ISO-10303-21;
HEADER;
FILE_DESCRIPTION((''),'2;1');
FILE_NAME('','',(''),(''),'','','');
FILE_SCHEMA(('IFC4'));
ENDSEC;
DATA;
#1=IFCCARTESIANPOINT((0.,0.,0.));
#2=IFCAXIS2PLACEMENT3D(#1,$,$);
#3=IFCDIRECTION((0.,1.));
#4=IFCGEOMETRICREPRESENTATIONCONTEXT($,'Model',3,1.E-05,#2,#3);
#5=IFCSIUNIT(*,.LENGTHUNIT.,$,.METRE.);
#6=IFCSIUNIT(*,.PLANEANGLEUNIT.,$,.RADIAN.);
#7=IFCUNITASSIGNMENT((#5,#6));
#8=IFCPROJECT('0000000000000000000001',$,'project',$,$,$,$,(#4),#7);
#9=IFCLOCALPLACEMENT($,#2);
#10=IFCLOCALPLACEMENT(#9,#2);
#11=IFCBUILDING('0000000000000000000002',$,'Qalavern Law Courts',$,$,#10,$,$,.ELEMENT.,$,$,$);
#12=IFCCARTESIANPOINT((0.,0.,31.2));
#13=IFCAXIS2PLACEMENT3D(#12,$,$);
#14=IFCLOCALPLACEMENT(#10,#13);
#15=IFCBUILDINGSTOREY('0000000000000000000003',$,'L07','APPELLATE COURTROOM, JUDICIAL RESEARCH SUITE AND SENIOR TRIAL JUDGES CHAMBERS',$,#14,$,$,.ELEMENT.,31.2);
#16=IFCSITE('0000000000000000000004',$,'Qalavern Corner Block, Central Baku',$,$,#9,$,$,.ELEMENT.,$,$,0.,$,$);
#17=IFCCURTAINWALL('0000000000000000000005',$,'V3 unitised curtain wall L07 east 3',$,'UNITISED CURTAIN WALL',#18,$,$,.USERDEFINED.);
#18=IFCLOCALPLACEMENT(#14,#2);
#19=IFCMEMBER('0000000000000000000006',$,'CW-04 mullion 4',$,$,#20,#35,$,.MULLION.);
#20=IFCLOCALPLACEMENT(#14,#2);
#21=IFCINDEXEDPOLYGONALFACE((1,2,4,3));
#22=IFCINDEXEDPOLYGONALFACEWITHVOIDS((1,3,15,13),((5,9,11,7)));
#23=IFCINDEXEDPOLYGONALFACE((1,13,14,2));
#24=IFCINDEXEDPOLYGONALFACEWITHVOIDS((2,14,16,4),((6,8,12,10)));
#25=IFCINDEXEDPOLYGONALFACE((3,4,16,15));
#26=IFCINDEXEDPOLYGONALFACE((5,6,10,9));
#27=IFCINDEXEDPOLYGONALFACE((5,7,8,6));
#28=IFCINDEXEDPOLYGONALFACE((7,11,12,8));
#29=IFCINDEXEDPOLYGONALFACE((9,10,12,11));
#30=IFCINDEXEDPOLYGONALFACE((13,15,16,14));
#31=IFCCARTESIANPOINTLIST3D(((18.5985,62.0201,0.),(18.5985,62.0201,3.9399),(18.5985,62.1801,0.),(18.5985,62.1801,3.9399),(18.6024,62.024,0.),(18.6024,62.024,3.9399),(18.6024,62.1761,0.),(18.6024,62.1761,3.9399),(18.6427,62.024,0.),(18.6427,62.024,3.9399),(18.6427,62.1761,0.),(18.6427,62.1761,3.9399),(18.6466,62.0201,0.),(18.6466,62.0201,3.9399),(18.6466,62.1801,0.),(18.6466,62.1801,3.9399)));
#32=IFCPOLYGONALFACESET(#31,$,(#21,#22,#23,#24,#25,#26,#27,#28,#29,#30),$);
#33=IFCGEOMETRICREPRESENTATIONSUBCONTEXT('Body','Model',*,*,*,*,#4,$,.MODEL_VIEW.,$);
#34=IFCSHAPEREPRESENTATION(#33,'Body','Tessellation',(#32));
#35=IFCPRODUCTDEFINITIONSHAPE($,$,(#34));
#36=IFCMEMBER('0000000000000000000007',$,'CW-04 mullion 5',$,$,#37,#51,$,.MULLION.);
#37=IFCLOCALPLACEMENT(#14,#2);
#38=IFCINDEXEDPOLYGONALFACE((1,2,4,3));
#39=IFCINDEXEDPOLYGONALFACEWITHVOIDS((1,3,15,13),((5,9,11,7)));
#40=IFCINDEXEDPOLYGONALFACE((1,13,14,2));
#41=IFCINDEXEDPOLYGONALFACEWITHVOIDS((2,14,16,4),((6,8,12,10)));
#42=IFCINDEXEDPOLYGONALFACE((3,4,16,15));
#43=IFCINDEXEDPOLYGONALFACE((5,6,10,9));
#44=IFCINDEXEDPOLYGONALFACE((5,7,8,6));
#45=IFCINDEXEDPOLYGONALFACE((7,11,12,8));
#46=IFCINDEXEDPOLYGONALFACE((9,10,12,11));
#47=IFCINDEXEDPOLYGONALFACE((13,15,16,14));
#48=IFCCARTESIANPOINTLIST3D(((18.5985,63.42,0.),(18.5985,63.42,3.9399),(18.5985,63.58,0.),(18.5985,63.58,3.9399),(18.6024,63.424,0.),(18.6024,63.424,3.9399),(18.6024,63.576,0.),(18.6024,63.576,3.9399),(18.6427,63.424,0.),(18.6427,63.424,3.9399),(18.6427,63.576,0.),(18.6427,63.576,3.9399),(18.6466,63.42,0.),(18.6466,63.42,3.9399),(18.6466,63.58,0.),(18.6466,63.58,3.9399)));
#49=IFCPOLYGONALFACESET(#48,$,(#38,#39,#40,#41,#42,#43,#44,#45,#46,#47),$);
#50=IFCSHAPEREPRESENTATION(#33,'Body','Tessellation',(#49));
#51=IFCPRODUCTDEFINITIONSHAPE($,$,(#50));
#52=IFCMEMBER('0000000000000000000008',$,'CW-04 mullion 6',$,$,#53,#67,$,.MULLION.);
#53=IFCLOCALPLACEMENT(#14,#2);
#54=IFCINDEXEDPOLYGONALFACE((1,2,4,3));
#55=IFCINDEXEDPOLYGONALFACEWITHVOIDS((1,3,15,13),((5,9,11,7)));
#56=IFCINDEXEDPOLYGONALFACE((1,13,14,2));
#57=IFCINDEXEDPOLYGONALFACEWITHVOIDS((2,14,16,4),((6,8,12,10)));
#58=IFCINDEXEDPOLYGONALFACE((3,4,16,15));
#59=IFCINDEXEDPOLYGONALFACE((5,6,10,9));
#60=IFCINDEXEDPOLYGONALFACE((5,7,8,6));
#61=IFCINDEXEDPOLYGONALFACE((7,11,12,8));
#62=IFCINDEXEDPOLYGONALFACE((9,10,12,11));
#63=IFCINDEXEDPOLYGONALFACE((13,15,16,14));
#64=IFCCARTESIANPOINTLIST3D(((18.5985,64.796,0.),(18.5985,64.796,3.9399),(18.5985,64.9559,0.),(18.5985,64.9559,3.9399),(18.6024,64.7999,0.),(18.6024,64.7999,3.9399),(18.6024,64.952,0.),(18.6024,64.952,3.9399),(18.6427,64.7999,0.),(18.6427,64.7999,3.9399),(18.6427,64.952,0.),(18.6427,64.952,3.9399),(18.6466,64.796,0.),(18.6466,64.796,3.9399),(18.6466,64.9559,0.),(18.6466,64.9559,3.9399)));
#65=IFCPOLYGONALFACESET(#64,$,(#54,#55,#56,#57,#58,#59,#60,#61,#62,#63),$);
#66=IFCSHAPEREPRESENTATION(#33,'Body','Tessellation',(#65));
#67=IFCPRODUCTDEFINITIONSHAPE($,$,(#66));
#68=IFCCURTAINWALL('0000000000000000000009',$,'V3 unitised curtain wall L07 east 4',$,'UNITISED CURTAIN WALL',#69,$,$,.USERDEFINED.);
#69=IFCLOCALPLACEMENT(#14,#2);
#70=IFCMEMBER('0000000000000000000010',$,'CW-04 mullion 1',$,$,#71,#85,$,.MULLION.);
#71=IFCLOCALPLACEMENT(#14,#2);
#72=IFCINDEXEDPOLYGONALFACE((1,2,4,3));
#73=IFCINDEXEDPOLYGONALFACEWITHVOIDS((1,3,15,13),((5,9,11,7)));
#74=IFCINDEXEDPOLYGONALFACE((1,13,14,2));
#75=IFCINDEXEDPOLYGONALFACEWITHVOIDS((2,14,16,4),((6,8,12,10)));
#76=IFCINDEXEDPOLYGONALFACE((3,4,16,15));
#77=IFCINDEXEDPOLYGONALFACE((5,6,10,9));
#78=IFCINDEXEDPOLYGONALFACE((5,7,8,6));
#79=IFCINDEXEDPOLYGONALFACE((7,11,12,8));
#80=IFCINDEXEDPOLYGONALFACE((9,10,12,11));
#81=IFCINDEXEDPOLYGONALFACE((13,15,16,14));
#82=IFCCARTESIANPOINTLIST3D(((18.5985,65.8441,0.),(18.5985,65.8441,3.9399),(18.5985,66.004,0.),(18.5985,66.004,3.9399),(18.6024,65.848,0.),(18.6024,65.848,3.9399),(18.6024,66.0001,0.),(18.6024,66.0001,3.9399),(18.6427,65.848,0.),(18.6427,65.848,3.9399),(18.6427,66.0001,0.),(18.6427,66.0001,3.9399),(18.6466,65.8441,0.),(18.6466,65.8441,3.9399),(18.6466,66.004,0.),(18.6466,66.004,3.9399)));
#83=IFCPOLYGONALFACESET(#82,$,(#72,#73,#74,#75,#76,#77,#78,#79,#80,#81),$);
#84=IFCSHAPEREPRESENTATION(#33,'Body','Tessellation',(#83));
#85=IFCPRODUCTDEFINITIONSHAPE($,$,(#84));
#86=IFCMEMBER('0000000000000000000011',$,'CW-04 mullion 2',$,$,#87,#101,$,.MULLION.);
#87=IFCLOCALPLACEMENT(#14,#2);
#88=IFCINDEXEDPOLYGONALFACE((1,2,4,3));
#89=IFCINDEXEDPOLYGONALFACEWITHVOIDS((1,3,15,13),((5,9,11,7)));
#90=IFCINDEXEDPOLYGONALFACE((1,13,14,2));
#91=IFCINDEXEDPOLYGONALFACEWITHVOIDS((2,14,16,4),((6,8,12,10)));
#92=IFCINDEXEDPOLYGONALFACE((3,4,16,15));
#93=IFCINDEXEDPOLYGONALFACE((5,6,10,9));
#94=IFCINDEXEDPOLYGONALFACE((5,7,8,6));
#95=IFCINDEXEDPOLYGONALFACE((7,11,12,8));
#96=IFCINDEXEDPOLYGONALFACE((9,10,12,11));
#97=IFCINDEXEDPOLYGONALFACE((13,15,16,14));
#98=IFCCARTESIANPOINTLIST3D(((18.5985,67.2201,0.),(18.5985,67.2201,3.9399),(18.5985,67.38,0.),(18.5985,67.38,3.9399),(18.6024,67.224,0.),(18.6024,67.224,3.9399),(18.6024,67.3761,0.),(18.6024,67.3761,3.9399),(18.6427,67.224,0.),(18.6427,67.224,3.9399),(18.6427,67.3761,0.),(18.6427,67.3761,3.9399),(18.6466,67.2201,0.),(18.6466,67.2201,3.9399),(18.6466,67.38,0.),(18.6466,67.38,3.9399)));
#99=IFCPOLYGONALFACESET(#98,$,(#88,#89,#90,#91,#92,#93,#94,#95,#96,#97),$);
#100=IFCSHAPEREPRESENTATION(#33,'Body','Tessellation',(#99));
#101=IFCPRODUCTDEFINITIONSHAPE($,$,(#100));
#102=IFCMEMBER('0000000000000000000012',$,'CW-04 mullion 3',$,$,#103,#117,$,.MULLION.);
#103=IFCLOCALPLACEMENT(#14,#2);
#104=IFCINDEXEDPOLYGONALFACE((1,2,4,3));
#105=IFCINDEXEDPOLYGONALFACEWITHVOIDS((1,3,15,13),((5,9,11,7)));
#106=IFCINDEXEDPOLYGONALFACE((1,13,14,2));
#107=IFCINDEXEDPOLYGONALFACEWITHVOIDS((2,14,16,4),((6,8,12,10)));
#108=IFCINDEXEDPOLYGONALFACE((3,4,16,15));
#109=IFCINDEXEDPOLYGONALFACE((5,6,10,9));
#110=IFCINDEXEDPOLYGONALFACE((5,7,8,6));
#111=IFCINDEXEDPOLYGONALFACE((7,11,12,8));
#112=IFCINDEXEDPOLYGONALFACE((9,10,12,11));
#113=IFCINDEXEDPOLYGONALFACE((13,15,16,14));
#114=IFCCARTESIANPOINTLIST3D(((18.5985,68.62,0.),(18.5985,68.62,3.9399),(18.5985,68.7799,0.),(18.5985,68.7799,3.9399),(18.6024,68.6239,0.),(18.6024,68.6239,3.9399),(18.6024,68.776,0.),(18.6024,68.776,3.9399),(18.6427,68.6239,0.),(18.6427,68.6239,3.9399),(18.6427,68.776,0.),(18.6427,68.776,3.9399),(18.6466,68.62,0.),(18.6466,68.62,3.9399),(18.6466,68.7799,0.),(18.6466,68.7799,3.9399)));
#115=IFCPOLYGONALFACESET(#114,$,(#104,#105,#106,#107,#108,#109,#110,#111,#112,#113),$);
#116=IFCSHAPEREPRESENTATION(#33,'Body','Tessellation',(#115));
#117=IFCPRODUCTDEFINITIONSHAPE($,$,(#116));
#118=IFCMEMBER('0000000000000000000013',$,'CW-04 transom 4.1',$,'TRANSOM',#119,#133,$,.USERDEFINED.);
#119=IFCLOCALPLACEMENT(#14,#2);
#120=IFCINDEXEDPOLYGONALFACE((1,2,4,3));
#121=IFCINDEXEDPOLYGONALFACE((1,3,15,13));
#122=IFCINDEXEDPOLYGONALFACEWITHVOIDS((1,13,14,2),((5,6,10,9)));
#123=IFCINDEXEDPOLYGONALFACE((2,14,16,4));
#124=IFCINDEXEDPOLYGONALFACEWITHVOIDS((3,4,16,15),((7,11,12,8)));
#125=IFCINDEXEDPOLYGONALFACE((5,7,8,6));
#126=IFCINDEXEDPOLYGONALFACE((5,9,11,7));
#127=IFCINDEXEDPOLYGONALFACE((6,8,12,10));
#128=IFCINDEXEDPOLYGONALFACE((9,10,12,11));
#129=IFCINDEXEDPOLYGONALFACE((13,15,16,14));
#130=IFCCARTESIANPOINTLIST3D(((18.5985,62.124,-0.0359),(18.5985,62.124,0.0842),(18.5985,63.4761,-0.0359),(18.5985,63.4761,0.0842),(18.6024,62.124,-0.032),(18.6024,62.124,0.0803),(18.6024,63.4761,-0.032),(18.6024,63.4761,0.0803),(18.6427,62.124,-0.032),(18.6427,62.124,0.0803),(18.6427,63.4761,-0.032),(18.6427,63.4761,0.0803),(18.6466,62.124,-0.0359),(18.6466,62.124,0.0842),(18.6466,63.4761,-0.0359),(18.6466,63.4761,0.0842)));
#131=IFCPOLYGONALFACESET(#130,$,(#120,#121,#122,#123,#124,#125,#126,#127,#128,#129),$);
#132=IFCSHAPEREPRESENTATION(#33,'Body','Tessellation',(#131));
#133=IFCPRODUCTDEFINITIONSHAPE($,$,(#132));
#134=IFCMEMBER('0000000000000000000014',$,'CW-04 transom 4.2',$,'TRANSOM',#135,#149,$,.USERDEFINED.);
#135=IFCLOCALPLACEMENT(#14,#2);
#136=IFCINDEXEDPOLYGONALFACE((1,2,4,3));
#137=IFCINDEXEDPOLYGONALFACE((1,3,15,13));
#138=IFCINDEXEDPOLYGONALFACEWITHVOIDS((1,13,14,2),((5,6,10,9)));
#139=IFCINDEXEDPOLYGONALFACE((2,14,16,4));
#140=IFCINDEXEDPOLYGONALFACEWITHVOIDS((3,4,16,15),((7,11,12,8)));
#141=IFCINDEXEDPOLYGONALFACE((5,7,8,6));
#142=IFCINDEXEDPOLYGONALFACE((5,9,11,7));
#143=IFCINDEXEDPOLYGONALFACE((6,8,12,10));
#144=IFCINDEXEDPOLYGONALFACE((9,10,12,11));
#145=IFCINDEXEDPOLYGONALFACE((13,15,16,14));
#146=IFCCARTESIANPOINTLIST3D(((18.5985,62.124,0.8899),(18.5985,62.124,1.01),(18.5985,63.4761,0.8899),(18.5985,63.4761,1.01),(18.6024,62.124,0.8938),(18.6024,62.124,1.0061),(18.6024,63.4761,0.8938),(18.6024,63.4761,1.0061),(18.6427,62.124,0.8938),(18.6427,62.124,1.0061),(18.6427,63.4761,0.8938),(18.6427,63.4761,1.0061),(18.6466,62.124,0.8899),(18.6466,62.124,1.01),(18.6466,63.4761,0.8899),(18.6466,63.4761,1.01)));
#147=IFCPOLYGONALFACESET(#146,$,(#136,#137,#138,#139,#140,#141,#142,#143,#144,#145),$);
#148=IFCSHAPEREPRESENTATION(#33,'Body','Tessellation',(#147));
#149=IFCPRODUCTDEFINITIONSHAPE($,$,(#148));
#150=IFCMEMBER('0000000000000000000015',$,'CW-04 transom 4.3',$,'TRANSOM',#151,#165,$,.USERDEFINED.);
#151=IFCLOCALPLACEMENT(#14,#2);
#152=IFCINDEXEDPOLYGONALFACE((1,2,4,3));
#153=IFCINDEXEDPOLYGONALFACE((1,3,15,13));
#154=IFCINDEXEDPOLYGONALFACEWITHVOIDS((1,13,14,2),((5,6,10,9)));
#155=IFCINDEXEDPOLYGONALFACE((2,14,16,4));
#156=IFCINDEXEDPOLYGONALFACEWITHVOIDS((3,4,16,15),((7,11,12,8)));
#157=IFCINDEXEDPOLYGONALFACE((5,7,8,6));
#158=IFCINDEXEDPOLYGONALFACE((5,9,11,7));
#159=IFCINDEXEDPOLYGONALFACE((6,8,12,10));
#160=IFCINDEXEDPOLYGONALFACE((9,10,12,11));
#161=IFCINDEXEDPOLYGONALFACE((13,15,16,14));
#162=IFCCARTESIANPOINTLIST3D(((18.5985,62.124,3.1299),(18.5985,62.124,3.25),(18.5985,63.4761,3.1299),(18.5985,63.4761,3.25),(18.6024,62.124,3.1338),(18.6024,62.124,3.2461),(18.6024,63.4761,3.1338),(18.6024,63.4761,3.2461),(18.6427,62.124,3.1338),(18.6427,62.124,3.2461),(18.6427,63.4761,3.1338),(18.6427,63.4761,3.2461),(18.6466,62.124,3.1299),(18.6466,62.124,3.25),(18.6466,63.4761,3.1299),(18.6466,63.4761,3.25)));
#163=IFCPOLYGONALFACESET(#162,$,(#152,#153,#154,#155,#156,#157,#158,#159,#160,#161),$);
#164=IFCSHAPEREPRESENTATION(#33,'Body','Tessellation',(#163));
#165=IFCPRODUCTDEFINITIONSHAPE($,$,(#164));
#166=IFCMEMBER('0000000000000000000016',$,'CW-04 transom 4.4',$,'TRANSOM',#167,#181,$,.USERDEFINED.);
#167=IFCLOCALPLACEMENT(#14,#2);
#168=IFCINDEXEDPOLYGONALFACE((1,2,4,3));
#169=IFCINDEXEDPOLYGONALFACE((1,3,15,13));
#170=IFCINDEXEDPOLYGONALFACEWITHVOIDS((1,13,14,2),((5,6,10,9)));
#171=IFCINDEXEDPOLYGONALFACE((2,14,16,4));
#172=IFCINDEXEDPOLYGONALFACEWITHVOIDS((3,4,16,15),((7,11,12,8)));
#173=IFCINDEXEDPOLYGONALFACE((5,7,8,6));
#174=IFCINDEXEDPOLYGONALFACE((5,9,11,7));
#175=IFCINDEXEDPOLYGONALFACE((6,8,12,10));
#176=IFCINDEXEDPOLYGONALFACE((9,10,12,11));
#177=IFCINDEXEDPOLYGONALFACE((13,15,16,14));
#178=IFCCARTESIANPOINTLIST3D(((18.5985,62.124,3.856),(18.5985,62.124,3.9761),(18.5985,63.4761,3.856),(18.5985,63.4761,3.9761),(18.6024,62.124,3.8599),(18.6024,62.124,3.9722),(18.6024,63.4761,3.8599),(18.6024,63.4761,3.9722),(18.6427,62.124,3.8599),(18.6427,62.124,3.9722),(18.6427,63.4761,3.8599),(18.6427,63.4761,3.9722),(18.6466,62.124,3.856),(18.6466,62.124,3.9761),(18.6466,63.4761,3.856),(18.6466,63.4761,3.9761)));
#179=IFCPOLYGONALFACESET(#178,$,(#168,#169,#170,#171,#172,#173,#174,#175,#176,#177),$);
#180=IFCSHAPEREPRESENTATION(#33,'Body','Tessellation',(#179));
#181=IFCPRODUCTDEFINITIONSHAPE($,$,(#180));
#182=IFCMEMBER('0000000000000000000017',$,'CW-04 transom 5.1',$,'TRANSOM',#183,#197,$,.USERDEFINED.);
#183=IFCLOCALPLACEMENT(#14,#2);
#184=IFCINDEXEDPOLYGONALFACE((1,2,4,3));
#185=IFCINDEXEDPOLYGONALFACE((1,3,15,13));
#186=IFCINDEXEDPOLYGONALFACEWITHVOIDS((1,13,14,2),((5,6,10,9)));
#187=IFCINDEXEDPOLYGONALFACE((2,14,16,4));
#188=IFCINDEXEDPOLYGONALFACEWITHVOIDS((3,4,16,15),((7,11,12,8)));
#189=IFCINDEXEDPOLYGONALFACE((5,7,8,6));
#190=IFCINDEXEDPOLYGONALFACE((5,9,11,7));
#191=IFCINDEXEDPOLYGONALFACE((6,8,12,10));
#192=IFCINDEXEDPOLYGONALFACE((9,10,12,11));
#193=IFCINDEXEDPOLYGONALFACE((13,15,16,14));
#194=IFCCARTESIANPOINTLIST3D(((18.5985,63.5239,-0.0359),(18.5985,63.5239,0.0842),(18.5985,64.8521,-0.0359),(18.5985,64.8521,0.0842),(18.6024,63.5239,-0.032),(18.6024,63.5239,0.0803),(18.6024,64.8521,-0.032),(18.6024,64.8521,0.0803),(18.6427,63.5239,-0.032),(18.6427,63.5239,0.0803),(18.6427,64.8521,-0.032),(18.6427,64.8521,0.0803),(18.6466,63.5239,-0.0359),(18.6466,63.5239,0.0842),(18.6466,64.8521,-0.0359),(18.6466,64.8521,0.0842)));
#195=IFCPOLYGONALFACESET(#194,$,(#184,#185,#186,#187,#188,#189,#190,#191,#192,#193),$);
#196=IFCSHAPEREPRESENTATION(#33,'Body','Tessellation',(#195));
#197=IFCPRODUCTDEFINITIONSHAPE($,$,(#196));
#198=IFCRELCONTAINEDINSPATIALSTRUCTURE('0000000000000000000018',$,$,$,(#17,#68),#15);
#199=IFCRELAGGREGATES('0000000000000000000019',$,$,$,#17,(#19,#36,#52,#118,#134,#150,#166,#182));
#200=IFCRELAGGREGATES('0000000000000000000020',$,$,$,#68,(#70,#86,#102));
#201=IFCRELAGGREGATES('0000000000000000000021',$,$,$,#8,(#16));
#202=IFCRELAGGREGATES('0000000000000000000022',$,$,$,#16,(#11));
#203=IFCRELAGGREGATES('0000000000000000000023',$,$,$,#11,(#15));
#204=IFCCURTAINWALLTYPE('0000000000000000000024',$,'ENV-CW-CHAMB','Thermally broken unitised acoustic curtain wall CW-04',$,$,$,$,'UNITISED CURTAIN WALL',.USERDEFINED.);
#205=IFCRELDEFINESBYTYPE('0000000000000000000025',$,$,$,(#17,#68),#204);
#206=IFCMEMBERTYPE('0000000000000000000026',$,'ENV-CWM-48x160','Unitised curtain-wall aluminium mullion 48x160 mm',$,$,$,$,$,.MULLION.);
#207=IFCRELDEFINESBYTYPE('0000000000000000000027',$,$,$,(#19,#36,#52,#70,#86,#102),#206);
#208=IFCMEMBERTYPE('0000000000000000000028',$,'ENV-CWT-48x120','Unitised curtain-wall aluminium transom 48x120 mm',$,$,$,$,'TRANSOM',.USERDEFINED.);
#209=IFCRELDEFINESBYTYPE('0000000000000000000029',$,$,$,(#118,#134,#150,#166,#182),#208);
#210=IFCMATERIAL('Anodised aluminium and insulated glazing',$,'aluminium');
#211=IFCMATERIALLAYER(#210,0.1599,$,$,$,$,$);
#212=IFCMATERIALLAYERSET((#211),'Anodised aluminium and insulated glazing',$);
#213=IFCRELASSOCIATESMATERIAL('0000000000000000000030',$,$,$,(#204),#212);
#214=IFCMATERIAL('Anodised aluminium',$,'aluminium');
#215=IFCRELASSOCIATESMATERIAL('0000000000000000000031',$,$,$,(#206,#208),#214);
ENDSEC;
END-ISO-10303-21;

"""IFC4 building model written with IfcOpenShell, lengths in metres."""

from ifc_helpers import new_model, si_unit, direction, frame, origin, origin_2d, place, context, subcontext, project, spatial, hollow_rectangle, extrude, material, layer, layer_set, material_profile, profile_set, type_object, element, aggregate, save


model = new_model("IFC4")

# Units and contexts
model_context = context("Model", 3, precision=1e-05, world=origin(), true_north=direction((0.0, 1.0)))
body_context = subcontext(model_context, "Body", "Model", "MODEL_VIEW")
ifc_project = project(units=[si_unit("LENGTHUNIT", "METRE"), si_unit("PLANEANGLEUNIT", "RADIAN")], contexts=[model_context])

# Site, building, storey
site_placement = place(None, origin())
site = spatial("IfcSite", under=ifc_project, at=site_placement, Name="Qalavern Corner Block, Central Baku", CompositionType="ELEMENT", RefElevation=0.0)
building_placement = place(site_placement, origin())
building = spatial("IfcBuilding", under=site, at=building_placement, Name="Qalavern Law Courts", CompositionType="ELEMENT")
storey_placement = place(building_placement, frame((0.0, 0.0, 31.2)))
storey = spatial("IfcBuildingStorey", under=building, at=storey_placement, Name="L07", Description="APPELLATE COURTROOM, JUDICIAL RESEARCH SUITE AND SENIOR TRIAL JUDGES CHAMBERS", CompositionType="ELEMENT", Elevation=31.2)

# Curtain walls, members
ifc_material_1 = material(Name="Anodised aluminium and insulated glazing", Category="aluminium")
ifc_layer_1 = layer(ifc_material_1, 0.1599)
ifc_layer_set_1 = layer_set([ifc_layer_1], Name="Anodised aluminium and insulated glazing")
curtain_wall_type = type_object("IfcCurtainWallType", Name="ENV-CW-CHAMB", Description="Thermally broken unitised acoustic curtain wall CW-04", ElementType="UNITISED CURTAIN WALL", PredefinedType="USERDEFINED", material=ifc_layer_set_1)
curtain_wall_1_placement = place(storey_placement, origin())
curtain_wall_1 = element("IfcCurtainWall", 1, at=curtain_wall_1_placement, inside=storey, type_object=curtain_wall_type, Name="V3 unitised curtain wall L07 east 3", ObjectType="UNITISED CURTAIN WALL", PredefinedType="USERDEFINED")
ifc_material_2 = material(Name="Anodised aluminium", Category="aluminium")
ifc_material_profile_1 = material_profile(ifc_material_2, hollow_rectangle(XDim=0.0481, YDim=0.1599, WallThickness=0.0039, at=origin_2d()), Name="ALU MULLION 48x160")
ifc_profile_set_1 = profile_set([ifc_material_profile_1], Name="Anodised aluminium")
member_type_1 = type_object("IfcMemberType", Name="ENV-CWM-48x160", Description="Unitised curtain-wall aluminium mullion 48x160 mm", PredefinedType="MULLION", material=ifc_profile_set_1)
member_1_placement = place(storey_placement, frame((18.6226, 62.1001, 0.0), z_axis=(0.0, 0.0, 1.0), x_axis=(-1.0, 0.0, 0.0)))
member_1 = element("IfcMember", 2, at=member_1_placement, type_object=member_type_1, Name="CW-04 mullion 4", PredefinedType="MULLION", context=body_context, shape_type="SweptSolid", body=[
    extrude(hollow_rectangle(XDim=0.0481, YDim=0.1599, WallThickness=0.0039, at=origin_2d()), origin(), (0.0, 0.0, 1.0), 3.9399),
])
member_2_placement = place(storey_placement, frame((18.6226, 63.5, 0.0), z_axis=(0.0, 0.0, 1.0), x_axis=(-1.0, 0.0, 0.0)))
member_2 = element("IfcMember", 3, at=member_2_placement, type_object=member_type_1, Name="CW-04 mullion 5", PredefinedType="MULLION", context=body_context, shape_type="SweptSolid", body=[
    extrude(hollow_rectangle(XDim=0.0481, YDim=0.1599, WallThickness=0.0039, at=origin_2d()), origin(), (0.0, 0.0, 1.0), 3.9399),
])
member_3_placement = place(storey_placement, frame((18.6226, 64.876, 0.0), z_axis=(0.0, 0.0, 1.0), x_axis=(-1.0, 0.0, 0.0)))
member_3 = element("IfcMember", 4, at=member_3_placement, type_object=member_type_1, Name="CW-04 mullion 6", PredefinedType="MULLION", context=body_context, shape_type="SweptSolid", body=[
    extrude(hollow_rectangle(XDim=0.0481, YDim=0.1599, WallThickness=0.0039, at=origin_2d()), origin(), (0.0, 0.0, 1.0), 3.9399),
])
curtain_wall_2_placement = place(storey_placement, origin())
curtain_wall_2 = element("IfcCurtainWall", 5, at=curtain_wall_2_placement, inside=storey, type_object=curtain_wall_type, Name="V3 unitised curtain wall L07 east 4", ObjectType="UNITISED CURTAIN WALL", PredefinedType="USERDEFINED")
member_4_placement = place(storey_placement, frame((18.6226, 65.9241, 0.0), z_axis=(0.0, 0.0, 1.0), x_axis=(-1.0, 0.0, 0.0)))
member_4 = element("IfcMember", 6, at=member_4_placement, type_object=member_type_1, Name="CW-04 mullion 1", PredefinedType="MULLION", context=body_context, shape_type="SweptSolid", body=[
    extrude(hollow_rectangle(XDim=0.0481, YDim=0.1599, WallThickness=0.0039, at=origin_2d()), origin(), (0.0, 0.0, 1.0), 3.9399),
])
member_5_placement = place(storey_placement, frame((18.6226, 67.3, 0.0), z_axis=(0.0, 0.0, 1.0), x_axis=(-1.0, 0.0, 0.0)))
member_5 = element("IfcMember", 7, at=member_5_placement, type_object=member_type_1, Name="CW-04 mullion 2", PredefinedType="MULLION", context=body_context, shape_type="SweptSolid", body=[
    extrude(hollow_rectangle(XDim=0.0481, YDim=0.1599, WallThickness=0.0039, at=origin_2d()), origin(), (0.0, 0.0, 1.0), 3.9399),
])
member_6_placement = place(storey_placement, frame((18.6226, 68.7, 0.0), z_axis=(0.0, 0.0, 1.0), x_axis=(-1.0, 0.0, 0.0)))
member_6 = element("IfcMember", 8, at=member_6_placement, type_object=member_type_1, Name="CW-04 mullion 3", PredefinedType="MULLION", context=body_context, shape_type="SweptSolid", body=[
    extrude(hollow_rectangle(XDim=0.0481, YDim=0.1599, WallThickness=0.0039, at=origin_2d()), origin(), (0.0, 0.0, 1.0), 3.9399),
])

# Members
ifc_material_profile_2 = material_profile(ifc_material_2, hollow_rectangle(XDim=0.0481, YDim=0.1201, WallThickness=0.0039, at=origin_2d()), Name="ALU TRANSOM 48x120")
ifc_profile_set_2 = profile_set([ifc_material_profile_2], Name="Anodised aluminium")
member_type_2 = type_object("IfcMemberType", Name="ENV-CWT-48x120", Description="Unitised curtain-wall aluminium transom 48x120 mm", ElementType="TRANSOM", PredefinedType="USERDEFINED", material=ifc_profile_set_2)
member_7_placement = place(storey_placement, frame((18.6226, 62.124, 0.0242), z_axis=(0.0, 1.0, 0.0), x_axis=(-1.0, 0.0, 0.0)))
member_7 = element("IfcMember", 9, at=member_7_placement, type_object=member_type_2, Name="CW-04 transom 4.1", ObjectType="TRANSOM", PredefinedType="USERDEFINED", context=body_context, shape_type="SweptSolid", body=[
    extrude(hollow_rectangle(XDim=0.0481, YDim=0.1201, WallThickness=0.0039, at=origin_2d()), origin(), (0.0, 0.0, 1.0), 1.3521),
])
member_8_placement = place(storey_placement, frame((18.6226, 62.124, 0.95), z_axis=(0.0, 1.0, 0.0), x_axis=(-1.0, 0.0, 0.0)))
member_8 = element("IfcMember", 10, at=member_8_placement, type_object=member_type_2, Name="CW-04 transom 4.2", ObjectType="TRANSOM", PredefinedType="USERDEFINED", context=body_context, shape_type="SweptSolid", body=[
    extrude(hollow_rectangle(XDim=0.0481, YDim=0.1201, WallThickness=0.0039, at=origin_2d()), origin(), (0.0, 0.0, 1.0), 1.3521),
])
member_9_placement = place(storey_placement, frame((18.6226, 62.124, 3.1899), z_axis=(0.0, 1.0, 0.0), x_axis=(-1.0, 0.0, 0.0)))
member_9 = element("IfcMember", 11, at=member_9_placement, type_object=member_type_2, Name="CW-04 transom 4.3", ObjectType="TRANSOM", PredefinedType="USERDEFINED", context=body_context, shape_type="SweptSolid", body=[
    extrude(hollow_rectangle(XDim=0.0481, YDim=0.1201, WallThickness=0.0039, at=origin_2d()), origin(), (0.0, 0.0, 1.0), 1.3521),
])
member_10_placement = place(storey_placement, frame((18.6226, 62.124, 3.916), z_axis=(0.0, 1.0, 0.0), x_axis=(-1.0, 0.0, 0.0)))
member_10 = element("IfcMember", 12, at=member_10_placement, type_object=member_type_2, Name="CW-04 transom 4.4", ObjectType="TRANSOM", PredefinedType="USERDEFINED", context=body_context, shape_type="SweptSolid", body=[
    extrude(hollow_rectangle(XDim=0.0481, YDim=0.1201, WallThickness=0.0039, at=origin_2d()), origin(), (0.0, 0.0, 1.0), 1.3521),
])
member_11_placement = place(storey_placement, frame((18.6226, 63.5239, 0.0242), z_axis=(0.0, 1.0, 0.0), x_axis=(-1.0, 0.0, 0.0)))
member_11 = element("IfcMember", 13, at=member_11_placement, type_object=member_type_2, Name="CW-04 transom 5.1", ObjectType="TRANSOM", PredefinedType="USERDEFINED", context=body_context, shape_type="SweptSolid", body=[
    extrude(hollow_rectangle(XDim=0.0481, YDim=0.1201, WallThickness=0.0039, at=origin_2d()), origin(), (0.0, 0.0, 1.0), 1.3281),
])

aggregate(curtain_wall_1, [member_1, member_2, member_3, member_7, member_8, member_9, member_10, member_11])
aggregate(curtain_wall_2, [member_4, member_5, member_6])

save(model, "model.ifc")
